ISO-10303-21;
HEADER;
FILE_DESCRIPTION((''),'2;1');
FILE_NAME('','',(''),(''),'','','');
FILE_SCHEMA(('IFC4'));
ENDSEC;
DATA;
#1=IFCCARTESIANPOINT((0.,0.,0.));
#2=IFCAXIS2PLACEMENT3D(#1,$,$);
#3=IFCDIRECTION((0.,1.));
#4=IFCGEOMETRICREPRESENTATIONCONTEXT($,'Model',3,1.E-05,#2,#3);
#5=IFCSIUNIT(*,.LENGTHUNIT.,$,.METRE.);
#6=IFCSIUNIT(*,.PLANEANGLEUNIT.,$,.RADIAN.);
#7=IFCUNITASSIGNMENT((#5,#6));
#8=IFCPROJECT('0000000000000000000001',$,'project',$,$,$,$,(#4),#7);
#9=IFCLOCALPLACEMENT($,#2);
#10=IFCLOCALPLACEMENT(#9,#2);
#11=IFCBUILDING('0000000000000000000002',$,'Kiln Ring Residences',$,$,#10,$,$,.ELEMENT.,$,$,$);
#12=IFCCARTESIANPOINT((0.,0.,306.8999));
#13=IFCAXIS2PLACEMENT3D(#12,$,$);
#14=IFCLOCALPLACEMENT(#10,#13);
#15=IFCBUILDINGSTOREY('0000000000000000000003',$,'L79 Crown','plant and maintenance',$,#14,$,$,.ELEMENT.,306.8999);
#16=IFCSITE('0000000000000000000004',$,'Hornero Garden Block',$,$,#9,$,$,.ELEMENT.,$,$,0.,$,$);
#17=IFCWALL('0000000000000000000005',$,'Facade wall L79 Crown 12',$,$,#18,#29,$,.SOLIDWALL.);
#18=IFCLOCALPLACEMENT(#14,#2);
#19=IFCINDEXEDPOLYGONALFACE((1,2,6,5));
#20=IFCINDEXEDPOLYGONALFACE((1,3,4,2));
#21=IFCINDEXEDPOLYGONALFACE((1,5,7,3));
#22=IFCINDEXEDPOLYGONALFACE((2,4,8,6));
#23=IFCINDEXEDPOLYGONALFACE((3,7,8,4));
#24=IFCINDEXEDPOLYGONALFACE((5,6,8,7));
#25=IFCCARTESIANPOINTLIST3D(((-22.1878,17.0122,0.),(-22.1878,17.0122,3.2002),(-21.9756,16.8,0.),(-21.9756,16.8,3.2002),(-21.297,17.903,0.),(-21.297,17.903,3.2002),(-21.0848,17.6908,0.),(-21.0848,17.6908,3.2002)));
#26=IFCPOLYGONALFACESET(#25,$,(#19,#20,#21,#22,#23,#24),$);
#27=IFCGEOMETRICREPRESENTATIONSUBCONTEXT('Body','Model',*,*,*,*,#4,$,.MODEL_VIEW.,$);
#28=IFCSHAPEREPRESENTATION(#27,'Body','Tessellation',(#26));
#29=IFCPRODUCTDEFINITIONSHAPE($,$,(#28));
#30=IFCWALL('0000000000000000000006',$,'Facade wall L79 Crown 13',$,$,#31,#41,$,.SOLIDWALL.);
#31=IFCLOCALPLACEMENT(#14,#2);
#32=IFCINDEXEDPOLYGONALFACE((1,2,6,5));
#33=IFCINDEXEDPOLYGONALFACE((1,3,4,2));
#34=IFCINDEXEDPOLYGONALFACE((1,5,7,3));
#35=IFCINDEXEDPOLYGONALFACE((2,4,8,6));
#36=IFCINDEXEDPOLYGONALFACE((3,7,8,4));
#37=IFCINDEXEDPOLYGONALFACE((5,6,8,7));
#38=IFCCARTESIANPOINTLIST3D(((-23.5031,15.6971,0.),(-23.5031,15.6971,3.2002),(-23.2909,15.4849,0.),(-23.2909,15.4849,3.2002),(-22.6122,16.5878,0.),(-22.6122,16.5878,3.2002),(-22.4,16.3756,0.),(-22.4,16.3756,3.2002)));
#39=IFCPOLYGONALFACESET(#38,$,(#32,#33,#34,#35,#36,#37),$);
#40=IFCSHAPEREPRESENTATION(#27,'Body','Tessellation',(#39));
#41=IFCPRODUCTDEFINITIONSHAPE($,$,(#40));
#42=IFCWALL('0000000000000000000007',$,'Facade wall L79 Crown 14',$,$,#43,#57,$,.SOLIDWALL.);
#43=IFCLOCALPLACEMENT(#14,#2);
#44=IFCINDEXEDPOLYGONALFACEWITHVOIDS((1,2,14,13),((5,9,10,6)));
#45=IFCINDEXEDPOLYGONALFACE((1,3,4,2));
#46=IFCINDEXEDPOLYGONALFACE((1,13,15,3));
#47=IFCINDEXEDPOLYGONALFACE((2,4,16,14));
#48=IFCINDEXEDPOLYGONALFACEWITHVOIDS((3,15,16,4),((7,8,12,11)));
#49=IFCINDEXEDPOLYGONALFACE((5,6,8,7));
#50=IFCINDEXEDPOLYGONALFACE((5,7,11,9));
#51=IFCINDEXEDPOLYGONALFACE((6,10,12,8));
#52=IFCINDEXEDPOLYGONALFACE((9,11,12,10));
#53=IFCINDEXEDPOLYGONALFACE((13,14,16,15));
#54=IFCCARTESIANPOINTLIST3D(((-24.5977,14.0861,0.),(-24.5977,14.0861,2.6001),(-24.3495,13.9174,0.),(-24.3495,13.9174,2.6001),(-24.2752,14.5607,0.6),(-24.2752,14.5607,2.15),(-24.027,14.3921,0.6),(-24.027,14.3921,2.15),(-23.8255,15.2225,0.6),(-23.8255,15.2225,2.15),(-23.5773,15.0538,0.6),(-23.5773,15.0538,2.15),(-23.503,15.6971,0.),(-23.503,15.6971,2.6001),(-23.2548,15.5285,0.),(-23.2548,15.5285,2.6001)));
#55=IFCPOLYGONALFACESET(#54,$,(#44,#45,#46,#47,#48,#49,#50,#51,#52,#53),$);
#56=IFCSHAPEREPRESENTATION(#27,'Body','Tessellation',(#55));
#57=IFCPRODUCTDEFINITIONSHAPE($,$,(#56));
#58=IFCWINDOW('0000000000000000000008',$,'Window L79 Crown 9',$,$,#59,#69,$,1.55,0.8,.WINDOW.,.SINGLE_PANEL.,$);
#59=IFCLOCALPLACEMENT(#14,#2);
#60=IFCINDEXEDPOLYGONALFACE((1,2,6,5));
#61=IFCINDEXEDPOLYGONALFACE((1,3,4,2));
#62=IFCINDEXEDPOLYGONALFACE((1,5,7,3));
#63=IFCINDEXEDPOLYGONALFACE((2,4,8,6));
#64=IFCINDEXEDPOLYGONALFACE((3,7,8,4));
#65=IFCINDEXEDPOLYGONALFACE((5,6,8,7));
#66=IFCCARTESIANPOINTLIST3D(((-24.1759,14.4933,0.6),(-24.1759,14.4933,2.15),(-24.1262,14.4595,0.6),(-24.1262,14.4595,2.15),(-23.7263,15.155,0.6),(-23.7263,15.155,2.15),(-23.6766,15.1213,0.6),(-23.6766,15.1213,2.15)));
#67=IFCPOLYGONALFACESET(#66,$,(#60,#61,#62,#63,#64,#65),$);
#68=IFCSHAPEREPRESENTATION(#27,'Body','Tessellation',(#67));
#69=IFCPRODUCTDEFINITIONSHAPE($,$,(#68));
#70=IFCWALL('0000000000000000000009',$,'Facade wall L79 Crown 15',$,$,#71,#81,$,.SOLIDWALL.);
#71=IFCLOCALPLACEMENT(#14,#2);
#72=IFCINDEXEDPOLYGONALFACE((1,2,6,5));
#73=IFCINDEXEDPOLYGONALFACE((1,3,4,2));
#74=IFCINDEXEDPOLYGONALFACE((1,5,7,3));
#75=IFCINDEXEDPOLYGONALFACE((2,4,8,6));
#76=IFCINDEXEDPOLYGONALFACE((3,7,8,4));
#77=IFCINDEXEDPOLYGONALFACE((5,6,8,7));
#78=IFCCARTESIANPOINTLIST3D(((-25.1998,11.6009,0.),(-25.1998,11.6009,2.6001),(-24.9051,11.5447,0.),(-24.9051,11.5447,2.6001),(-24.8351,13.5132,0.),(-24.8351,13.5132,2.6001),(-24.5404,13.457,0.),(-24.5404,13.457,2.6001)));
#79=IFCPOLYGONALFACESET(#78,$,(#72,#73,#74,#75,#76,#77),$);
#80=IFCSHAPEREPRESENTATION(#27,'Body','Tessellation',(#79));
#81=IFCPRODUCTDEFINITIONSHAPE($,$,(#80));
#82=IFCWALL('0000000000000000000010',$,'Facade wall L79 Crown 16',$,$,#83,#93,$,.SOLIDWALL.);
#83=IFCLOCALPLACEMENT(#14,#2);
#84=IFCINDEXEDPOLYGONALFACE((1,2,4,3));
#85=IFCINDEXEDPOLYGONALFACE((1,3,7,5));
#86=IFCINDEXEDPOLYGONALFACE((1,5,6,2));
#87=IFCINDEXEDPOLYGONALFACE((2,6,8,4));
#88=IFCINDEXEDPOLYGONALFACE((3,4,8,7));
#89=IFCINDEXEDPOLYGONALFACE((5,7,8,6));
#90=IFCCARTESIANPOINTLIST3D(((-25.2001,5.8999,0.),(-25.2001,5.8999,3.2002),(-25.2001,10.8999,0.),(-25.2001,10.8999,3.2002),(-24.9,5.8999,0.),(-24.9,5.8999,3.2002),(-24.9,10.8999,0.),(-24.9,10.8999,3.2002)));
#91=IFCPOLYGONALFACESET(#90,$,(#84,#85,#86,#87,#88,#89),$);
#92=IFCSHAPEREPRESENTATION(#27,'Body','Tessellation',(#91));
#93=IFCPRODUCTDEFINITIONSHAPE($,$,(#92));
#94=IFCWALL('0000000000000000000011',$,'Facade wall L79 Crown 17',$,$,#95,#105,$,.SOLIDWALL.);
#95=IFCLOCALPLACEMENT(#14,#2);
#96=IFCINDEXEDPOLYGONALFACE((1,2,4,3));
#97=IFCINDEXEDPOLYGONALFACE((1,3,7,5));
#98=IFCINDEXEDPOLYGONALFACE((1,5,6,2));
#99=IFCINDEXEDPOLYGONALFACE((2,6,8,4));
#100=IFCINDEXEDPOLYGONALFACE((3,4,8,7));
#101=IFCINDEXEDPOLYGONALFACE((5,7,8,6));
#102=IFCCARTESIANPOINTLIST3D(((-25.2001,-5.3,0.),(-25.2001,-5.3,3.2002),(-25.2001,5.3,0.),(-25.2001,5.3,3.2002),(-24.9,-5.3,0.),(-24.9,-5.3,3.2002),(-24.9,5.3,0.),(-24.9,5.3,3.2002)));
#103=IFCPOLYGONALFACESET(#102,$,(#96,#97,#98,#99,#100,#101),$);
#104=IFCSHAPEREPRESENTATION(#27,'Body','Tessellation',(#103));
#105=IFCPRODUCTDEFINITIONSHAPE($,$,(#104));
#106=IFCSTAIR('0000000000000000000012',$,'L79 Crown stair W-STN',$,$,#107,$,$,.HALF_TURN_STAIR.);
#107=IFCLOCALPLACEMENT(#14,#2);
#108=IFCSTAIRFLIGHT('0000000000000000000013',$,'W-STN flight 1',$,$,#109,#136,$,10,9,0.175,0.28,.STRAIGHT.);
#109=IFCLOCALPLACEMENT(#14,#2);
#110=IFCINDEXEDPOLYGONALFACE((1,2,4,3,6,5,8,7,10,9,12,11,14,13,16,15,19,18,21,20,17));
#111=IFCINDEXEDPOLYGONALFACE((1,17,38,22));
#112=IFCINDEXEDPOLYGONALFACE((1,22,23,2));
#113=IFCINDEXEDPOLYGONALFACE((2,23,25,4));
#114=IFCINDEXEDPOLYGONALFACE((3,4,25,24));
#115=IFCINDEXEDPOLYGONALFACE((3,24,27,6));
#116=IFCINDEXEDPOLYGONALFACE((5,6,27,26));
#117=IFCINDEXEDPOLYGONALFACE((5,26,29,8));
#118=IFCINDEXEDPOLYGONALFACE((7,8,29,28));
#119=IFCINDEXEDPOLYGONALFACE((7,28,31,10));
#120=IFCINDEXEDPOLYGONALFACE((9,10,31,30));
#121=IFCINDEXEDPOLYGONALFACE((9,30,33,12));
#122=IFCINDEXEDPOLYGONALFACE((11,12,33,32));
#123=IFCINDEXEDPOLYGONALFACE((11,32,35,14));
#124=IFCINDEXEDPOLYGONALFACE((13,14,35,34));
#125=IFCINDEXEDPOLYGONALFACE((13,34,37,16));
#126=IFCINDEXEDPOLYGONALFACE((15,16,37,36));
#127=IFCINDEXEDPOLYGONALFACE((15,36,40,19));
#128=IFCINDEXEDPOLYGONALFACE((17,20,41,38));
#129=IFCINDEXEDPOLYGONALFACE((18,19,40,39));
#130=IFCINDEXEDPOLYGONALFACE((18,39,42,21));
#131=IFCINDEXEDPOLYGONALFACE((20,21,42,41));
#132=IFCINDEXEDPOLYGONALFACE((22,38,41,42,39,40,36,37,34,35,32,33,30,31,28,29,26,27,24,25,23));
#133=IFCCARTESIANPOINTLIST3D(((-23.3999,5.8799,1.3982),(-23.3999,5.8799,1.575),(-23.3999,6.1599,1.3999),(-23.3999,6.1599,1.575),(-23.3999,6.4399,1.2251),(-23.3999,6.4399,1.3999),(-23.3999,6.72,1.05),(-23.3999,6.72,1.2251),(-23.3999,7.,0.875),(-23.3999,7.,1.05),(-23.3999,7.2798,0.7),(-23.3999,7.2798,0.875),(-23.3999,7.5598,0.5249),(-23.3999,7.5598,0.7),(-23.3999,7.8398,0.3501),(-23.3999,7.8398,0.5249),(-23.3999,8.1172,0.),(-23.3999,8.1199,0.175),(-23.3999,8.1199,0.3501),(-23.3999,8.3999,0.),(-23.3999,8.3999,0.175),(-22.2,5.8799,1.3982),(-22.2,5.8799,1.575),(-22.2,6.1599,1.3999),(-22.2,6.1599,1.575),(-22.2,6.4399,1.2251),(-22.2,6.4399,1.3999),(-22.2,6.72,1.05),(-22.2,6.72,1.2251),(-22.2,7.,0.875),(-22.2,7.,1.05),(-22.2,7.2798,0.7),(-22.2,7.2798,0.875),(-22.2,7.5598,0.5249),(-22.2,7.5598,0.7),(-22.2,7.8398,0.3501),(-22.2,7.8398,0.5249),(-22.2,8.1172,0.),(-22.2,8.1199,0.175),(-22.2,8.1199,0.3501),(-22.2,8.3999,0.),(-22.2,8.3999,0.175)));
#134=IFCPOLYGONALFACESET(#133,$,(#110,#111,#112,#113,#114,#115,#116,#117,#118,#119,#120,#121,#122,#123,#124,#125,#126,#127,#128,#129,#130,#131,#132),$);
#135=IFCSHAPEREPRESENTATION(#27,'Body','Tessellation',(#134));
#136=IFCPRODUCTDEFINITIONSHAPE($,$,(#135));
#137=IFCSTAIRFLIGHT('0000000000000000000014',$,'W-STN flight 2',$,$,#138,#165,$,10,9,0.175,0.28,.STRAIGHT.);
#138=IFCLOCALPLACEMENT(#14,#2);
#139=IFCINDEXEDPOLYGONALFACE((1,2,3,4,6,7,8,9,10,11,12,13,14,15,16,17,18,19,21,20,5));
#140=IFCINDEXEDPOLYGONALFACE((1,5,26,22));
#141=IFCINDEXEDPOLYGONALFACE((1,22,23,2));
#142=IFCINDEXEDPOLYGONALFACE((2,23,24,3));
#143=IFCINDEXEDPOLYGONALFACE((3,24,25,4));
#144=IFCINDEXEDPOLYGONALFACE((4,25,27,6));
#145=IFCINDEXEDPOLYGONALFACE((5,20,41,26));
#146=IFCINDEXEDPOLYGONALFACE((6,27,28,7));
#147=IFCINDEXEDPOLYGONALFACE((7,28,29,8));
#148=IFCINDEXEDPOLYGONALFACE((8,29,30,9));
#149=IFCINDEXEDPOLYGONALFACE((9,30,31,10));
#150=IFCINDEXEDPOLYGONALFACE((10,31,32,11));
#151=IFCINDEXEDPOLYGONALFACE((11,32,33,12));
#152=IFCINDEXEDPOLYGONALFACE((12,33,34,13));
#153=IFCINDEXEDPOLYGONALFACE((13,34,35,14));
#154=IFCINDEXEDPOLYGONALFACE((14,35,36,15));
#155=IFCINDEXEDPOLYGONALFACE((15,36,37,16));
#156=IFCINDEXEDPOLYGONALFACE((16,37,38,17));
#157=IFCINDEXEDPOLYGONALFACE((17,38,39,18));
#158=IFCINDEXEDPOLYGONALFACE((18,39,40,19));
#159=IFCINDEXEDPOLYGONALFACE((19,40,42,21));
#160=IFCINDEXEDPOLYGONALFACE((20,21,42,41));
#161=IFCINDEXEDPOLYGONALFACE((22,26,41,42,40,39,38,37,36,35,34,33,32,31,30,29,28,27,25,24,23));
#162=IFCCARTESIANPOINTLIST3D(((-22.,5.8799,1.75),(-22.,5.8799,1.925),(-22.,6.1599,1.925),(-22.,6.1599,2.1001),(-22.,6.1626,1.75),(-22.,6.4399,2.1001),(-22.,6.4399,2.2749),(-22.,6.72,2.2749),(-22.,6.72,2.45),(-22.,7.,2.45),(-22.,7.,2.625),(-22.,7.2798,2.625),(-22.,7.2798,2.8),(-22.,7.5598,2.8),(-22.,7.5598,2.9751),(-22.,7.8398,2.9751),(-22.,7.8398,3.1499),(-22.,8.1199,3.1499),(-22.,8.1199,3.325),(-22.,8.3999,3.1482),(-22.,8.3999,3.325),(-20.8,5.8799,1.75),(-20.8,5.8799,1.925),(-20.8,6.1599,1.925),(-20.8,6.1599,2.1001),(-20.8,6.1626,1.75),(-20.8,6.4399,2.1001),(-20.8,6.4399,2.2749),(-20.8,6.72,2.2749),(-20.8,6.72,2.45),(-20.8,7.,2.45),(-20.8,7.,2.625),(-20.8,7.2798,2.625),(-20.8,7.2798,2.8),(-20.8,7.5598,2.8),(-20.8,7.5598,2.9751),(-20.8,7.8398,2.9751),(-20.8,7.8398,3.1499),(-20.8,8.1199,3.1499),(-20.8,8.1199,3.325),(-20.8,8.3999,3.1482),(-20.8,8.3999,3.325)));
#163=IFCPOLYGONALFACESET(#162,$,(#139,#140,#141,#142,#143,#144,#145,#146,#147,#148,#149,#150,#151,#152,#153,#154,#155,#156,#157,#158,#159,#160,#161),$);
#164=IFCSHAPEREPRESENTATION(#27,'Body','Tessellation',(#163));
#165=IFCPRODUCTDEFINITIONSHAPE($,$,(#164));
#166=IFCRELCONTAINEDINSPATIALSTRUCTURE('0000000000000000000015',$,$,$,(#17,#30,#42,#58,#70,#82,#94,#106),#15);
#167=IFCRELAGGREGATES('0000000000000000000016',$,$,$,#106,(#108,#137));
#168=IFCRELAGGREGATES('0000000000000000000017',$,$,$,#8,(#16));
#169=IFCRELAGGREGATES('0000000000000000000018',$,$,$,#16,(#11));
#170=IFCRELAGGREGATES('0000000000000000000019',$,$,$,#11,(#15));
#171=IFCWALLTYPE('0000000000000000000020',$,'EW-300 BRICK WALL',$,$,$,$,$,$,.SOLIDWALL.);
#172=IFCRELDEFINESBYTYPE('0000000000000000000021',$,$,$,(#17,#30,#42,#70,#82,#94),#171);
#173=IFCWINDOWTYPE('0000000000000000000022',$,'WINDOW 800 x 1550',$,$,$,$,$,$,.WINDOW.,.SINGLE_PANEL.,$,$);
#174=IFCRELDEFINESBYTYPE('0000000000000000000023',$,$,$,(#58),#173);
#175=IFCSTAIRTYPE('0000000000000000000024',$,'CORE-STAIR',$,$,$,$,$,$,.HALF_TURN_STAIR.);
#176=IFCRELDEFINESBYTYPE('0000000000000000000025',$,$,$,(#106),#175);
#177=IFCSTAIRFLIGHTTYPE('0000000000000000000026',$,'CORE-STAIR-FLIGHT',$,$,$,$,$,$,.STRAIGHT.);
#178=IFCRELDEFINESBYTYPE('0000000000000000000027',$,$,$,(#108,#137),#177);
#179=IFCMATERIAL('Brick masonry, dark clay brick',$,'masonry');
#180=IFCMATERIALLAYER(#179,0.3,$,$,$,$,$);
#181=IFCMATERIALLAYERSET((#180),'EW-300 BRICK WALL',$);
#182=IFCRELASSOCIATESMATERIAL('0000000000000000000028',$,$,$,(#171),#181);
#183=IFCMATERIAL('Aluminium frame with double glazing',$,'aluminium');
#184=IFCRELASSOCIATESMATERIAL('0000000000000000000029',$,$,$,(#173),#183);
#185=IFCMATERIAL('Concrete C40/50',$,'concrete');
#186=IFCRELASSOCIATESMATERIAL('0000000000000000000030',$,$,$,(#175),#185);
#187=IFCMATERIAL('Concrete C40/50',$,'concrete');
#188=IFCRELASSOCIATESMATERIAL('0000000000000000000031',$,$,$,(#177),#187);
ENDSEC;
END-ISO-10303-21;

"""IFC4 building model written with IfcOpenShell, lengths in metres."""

from ifc_helpers import new_model, si_unit, direction, frame, frame_2d, origin, place, context, subcontext, project, spatial, polyline, rectangle, outline, extrude, material, layer, layer_set, type_object, element, fill, aggregate, save


model = new_model("IFC4")

# Units and contexts
model_context = context("Model", 3, precision=1e-05, world=origin(), true_north=direction((0.0, 1.0)))
body_context = subcontext(model_context, "Body", "Model", "MODEL_VIEW")
ifc_project = project(units=[si_unit("LENGTHUNIT", "METRE"), si_unit("PLANEANGLEUNIT", "RADIAN")], contexts=[model_context])

# Site, building, storey
site_placement = place(None, origin())
site = spatial("IfcSite", under=ifc_project, at=site_placement, Name="Hornero Garden Block", CompositionType="ELEMENT", RefElevation=0.0)
building_placement = place(site_placement, origin())
building = spatial("IfcBuilding", under=site, at=building_placement, Name="Kiln Ring Residences", CompositionType="ELEMENT")
storey_placement = place(building_placement, frame((0.0, 0.0, 306.8999)))
storey = spatial("IfcBuildingStorey", under=building, at=storey_placement, Name="L79 Crown", Description="plant and maintenance", CompositionType="ELEMENT", Elevation=306.8999)

# Walls
ifc_material_1 = material(Name="Brick masonry, dark clay brick", Category="masonry")
ifc_layer_1 = layer(ifc_material_1, 0.3)
ifc_layer_set_1 = layer_set([ifc_layer_1], Name="EW-300 BRICK WALL")
wall_type_1 = type_object("IfcWallType", Name="EW-300 BRICK WALL", PredefinedType="SOLIDWALL", material=ifc_layer_set_1)
for number, where, z_axis, x_axis, name in (
    (1, (-21.1909, 17.7969, 0.0), (0.0, 0.0, 1.0), (-0.707107, -0.707107, 0.0), "Facade wall L79 Crown 12"),
    (2, (-22.5061, 16.4817, 0.0), (0.0, 0.0, 1.0), (-0.707204, -0.70701, 0.0), "Facade wall L79 Crown 13"),
):
    element("IfcWall", number, at=place(storey_placement, frame(where, z_axis=z_axis, x_axis=x_axis)), inside=storey, type_object=wall_type_1, Name=name, PredefinedType="SOLIDWALL", context=body_context, shape_type="SweptSolid", body=[
        extrude(rectangle(XDim=1.2598, YDim=0.3, at=frame_2d((0.6299, 0.0))), origin(), (0.0, 0.0, 1.0), 3.2002),
    ])

# Wall, opening, window
wall_1_placement = place(storey_placement, frame((-23.3789, 15.6128, 0.0), z_axis=(0.0, 0.0, 1.0), x_axis=(-0.562025, -0.82712, 0.0)))
wall_1 = element("IfcWall", 3, at=wall_1_placement, inside=storey, type_object=wall_type_1, Name="Facade wall L79 Crown 14", PredefinedType="SOLIDWALL", context=body_context, shape_type="SweptSolid", body=[
    extrude(rectangle(XDim=1.9478, YDim=0.3, at=frame_2d((0.9739, 0.0))), origin(), (0.0, 0.0, 1.0), 2.6001),
])
opening_1_placement = place(wall_1_placement, frame((0.574, 0.0, 0.6001)))
opening_1 = element("IfcOpeningElement", 4, at=opening_1_placement, cuts=wall_1, PredefinedType="OPENING", context=body_context, shape_type="SweptSolid", body=[
    extrude(rectangle(XDim=0.8, YDim=1.55, at=frame_2d((0.3999, 0.7749))), frame((0.0, 0.1599, 0.0), z_axis=(0.0, -1.0, 0.0), x_axis=(1.0, 0.0, 0.0)), (0.0, 0.0, 1.0), 0.3201),
])
ifc_material_2 = material(Name="Aluminium frame with double glazing", Category="aluminium")
window_type = type_object("IfcWindowType", Name="WINDOW 800 x 1550", PartitioningType="SINGLE_PANEL", PredefinedType="WINDOW", material=ifc_material_2)
window_placement = place(opening_1_placement, origin())
window = element("IfcWindow", 5, at=window_placement, inside=storey, type_object=window_type, Name="Window L79 Crown 9", OverallHeight=1.55, OverallWidth=0.8, PartitioningType="SINGLE_PANEL", PredefinedType="WINDOW", context=body_context, shape_type="SweptSolid", body=[
    extrude(rectangle(XDim=0.8, YDim=1.55, at=frame_2d((0.3999, 0.7749))), frame((0.0, 0.03, 0.0), z_axis=(0.0, -1.0, 0.0), x_axis=(1.0, 0.0, 0.0)), (0.0, 0.0, 1.0), 0.0601),
])
fill(opening_1, window)

# Walls
wall_2_placement = place(storey_placement, frame((-24.6877, 13.4851, 0.0), z_axis=(0.0, 0.0, 1.0), x_axis=(-0.187354, -0.982292, 0.0)))
element("IfcWall", 6, at=wall_2_placement, inside=storey, type_object=wall_type_1, Name="Facade wall L79 Crown 15", PredefinedType="SOLIDWALL", context=body_context, shape_type="SweptSolid", body=[
    extrude(rectangle(XDim=1.9468, YDim=0.3, at=frame_2d((0.9734, 0.0))), origin(), (0.0, 0.0, 1.0), 2.6001),
])
wall_3_placement = place(storey_placement, frame((-25.05, 10.8999, 0.0), z_axis=(0.0, 0.0, 1.0), x_axis=(0.0, -1.0, 0.0)))
element("IfcWall", 7, at=wall_3_placement, inside=storey, type_object=wall_type_1, Name="Facade wall L79 Crown 16", PredefinedType="SOLIDWALL", context=body_context, shape_type="SweptSolid", body=[
    extrude(rectangle(XDim=5.0, YDim=0.3, at=frame_2d((2.5, 0.0))), origin(), (0.0, 0.0, 1.0), 3.2002),
])
wall_4_placement = place(storey_placement, frame((-25.05, 5.3, 0.0), z_axis=(0.0, 0.0, 1.0), x_axis=(0.0, -1.0, 0.0)))
element("IfcWall", 8, at=wall_4_placement, inside=storey, type_object=wall_type_1, Name="Facade wall L79 Crown 17", PredefinedType="SOLIDWALL", context=body_context, shape_type="SweptSolid", body=[
    extrude(rectangle(XDim=10.6001, YDim=0.3, at=frame_2d((5.3, 0.0))), origin(), (0.0, 0.0, 1.0), 3.2002),
])

# Stair, stair flights
ifc_material_3 = material(Name="Concrete C40/50", Category="concrete")
stair_type = type_object("IfcStairType", Name="CORE-STAIR", PredefinedType="HALF_TURN_STAIR", material=ifc_material_3)
stair_placement = place(storey_placement, origin())
stair = element("IfcStair", 9, at=stair_placement, inside=storey, type_object=stair_type, Name="L79 Crown stair W-STN", PredefinedType="HALF_TURN_STAIR")
ifc_material_4 = material(Name="Concrete C40/50", Category="concrete")
stair_flight_type = type_object("IfcStairFlightType", Name="CORE-STAIR-FLIGHT", PredefinedType="STRAIGHT", material=ifc_material_4)
stair_flight_1_placement = place(storey_placement, frame((-22.8, 8.3999, 0.0), z_axis=(0.0, 0.0, 1.0), x_axis=(0.0, -1.0, 0.0)))
stair_flight_1 = element("IfcStairFlight", 10, at=stair_flight_1_placement, type_object=stair_flight_type, Name="W-STN flight 1", NumberOfRisers=10, NumberOfTreads=9, PredefinedType="STRAIGHT", RiserHeight=0.175, TreadLength=0.28, context=body_context, shape_type="SweptSolid", body=[
    extrude(outline(polyline([(0.0, 0.0), (0.0, 0.175), (0.28, 0.175), (0.28, 0.3501), (0.5601, 0.3501), (0.5601, 0.5249), (0.8401, 0.5249), (0.8401, 0.7), (1.1201, 0.7), (1.1201, 0.875), (1.3999, 0.875), (1.3999, 1.05), (1.6799, 1.05), (1.6799, 1.2251), (1.96, 1.2251), (1.96, 1.3999), (2.24, 1.3999), (2.24, 1.575), (2.52, 1.575), (2.52, 1.75), (2.52, 1.3982), (0.2827, 0.0), (0.0, 0.0)])), frame((0.0, 0.6001, 0.0), z_axis=(0.0, -1.0, 0.0), x_axis=(1.0, 0.0, 0.0)), (0.0, 0.0, 1.0), 1.2),
])
stair_flight_2_placement = place(storey_placement, frame((-21.3999, 5.8799, 1.75), z_axis=(0.0, 0.0, 1.0), x_axis=(0.0, 1.0, 0.0)))
stair_flight_2 = element("IfcStairFlight", 11, at=stair_flight_2_placement, type_object=stair_flight_type, Name="W-STN flight 2", NumberOfRisers=10, NumberOfTreads=9, PredefinedType="STRAIGHT", RiserHeight=0.175, TreadLength=0.28, context=body_context, shape_type="SweptSolid", body=[
    extrude(outline(polyline([(0.0, 0.0), (0.0, 0.175), (0.28, 0.175), (0.28, 0.3501), (0.5601, 0.3501), (0.5601, 0.5249), (0.8401, 0.5249), (0.8401, 0.7), (1.1201, 0.7), (1.1201, 0.875), (1.3999, 0.875), (1.3999, 1.05), (1.6799, 1.05), (1.6799, 1.2251), (1.96, 1.2251), (1.96, 1.3999), (2.24, 1.3999), (2.24, 1.575), (2.52, 1.575), (2.52, 1.75), (2.52, 1.3982), (0.2827, 0.0), (0.0, 0.0)])), frame((0.0, 0.6001, 0.0), z_axis=(0.0, -1.0, 0.0), x_axis=(1.0, 0.0, 0.0)), (0.0, 0.0, 1.0), 1.2),
])
aggregate(stair, [stair_flight_1, stair_flight_2])

save(model, "model.ifc")
